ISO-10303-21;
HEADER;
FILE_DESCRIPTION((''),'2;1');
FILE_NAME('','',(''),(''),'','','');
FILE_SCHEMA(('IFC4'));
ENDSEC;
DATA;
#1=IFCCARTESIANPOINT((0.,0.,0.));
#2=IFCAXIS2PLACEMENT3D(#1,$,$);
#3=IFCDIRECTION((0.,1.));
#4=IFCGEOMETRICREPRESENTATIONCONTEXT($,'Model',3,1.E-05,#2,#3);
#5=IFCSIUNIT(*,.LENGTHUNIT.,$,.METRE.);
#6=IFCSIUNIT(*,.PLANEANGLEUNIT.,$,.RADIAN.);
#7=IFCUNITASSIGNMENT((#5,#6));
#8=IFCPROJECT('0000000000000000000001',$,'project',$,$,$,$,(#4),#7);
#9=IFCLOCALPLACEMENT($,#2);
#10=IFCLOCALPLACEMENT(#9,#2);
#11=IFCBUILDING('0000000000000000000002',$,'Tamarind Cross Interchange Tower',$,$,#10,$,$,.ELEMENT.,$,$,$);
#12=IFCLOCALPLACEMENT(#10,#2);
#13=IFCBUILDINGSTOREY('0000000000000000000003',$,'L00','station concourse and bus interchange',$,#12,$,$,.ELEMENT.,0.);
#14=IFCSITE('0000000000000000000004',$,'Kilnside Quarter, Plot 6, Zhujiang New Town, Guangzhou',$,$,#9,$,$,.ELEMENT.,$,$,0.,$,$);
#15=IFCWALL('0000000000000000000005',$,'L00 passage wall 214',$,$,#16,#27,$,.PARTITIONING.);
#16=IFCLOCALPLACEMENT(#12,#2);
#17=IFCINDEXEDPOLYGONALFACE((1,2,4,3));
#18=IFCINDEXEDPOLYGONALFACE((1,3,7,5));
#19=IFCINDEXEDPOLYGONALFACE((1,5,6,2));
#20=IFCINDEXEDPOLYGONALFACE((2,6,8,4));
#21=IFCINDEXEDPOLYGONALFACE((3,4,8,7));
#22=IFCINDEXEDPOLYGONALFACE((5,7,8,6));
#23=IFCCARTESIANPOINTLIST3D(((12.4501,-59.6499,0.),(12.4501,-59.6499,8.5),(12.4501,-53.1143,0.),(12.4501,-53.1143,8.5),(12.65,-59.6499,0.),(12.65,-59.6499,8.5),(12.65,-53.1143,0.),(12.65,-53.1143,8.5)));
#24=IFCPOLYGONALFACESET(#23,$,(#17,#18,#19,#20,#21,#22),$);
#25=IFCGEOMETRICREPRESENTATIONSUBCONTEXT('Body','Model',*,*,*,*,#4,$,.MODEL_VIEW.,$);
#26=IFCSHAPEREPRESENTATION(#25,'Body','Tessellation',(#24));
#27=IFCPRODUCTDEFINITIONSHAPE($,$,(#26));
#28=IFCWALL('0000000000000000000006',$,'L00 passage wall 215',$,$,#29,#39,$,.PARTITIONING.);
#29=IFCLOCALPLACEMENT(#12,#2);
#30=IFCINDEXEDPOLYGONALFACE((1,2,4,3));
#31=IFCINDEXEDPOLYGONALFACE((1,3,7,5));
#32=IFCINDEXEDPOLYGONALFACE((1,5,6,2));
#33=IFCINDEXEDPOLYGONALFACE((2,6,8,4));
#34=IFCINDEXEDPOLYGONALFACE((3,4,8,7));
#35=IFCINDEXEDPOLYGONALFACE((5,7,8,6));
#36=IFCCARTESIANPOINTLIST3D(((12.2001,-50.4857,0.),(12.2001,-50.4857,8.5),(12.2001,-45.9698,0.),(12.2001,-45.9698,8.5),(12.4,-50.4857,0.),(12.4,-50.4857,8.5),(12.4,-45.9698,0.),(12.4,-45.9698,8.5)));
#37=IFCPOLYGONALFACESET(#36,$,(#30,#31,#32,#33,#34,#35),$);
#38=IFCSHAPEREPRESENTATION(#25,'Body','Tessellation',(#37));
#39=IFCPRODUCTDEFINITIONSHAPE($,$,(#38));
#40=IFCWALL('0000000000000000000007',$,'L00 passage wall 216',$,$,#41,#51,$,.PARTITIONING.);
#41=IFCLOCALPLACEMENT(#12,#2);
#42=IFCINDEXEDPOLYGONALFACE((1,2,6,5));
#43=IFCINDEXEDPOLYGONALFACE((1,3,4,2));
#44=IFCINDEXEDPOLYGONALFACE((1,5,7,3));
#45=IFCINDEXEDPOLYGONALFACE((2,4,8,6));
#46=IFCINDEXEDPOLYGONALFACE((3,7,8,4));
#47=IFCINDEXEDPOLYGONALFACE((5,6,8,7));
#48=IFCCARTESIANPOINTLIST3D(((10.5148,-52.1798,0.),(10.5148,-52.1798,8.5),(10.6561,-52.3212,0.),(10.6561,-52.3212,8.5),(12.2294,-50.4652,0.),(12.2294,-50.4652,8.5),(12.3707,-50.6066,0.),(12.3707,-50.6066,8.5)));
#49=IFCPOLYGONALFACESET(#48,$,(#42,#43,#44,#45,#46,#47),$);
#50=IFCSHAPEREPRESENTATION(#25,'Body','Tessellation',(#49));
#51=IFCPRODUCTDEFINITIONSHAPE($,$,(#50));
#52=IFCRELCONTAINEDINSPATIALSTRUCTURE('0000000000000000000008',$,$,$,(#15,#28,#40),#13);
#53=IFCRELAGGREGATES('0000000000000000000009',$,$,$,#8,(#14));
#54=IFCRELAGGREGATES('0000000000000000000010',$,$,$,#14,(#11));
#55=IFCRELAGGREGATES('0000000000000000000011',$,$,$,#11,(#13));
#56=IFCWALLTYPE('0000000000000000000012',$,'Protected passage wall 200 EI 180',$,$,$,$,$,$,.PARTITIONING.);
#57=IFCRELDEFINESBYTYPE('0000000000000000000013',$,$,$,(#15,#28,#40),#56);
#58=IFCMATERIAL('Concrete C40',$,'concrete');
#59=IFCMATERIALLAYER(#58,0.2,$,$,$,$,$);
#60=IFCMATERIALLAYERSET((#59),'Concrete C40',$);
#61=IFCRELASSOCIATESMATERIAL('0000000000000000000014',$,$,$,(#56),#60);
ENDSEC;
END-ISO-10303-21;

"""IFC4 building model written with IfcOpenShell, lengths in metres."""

from ifc_helpers import new_model, si_unit, direction, frame, frame_2d, origin, place, context, subcontext, project, spatial, rectangle, extrude, material, layer, layer_set, type_object, element, save


model = new_model("IFC4")

# Units and contexts
model_context = context("Model", 3, precision=1e-05, world=origin(), true_north=direction((0.0, 1.0)))
body_context = subcontext(model_context, "Body", "Model", "MODEL_VIEW")
ifc_project = project(units=[si_unit("LENGTHUNIT", "METRE"), si_unit("PLANEANGLEUNIT", "RADIAN")], contexts=[model_context])

# Site, building, storey
site_placement = place(None, origin())
site = spatial("IfcSite", under=ifc_project, at=site_placement, Name="Kilnside Quarter, Plot 6, Zhujiang New Town, Guangzhou", CompositionType="ELEMENT", RefElevation=0.0)
building_placement = place(site_placement, origin())
building = spatial("IfcBuilding", under=site, at=building_placement, Name="Tamarind Cross Interchange Tower", CompositionType="ELEMENT")
storey_placement = place(building_placement, origin())
storey = spatial("IfcBuildingStorey", under=building, at=storey_placement, Name="L00", Description="station concourse and bus interchange", CompositionType="ELEMENT", Elevation=0.0)

# Walls
ifc_material_1 = material(Name="Concrete C40", Category="concrete")
ifc_layer_1 = layer(ifc_material_1, 0.2)
ifc_layer_set_1 = layer_set([ifc_layer_1], Name="Concrete C40")
wall_type_1 = type_object("IfcWallType", Name="Protected passage wall 200 EI 180", PredefinedType="PARTITIONING", material=ifc_layer_set_1)
wall_1_placement = place(storey_placement, frame((12.55, -53.1143, 0.0), z_axis=(0.0, 0.0, 1.0), x_axis=(0.0, -1.0, 0.0)))
element("IfcWall", 1, at=wall_1_placement, inside=storey, type_object=wall_type_1, Name="L00 passage wall 214", PredefinedType="PARTITIONING", context=body_context, shape_type="SweptSolid", body=[
    extrude(rectangle(XDim=6.5356, YDim=0.2, at=frame_2d((3.2678, 0.0))), origin(), (0.0, 0.0, 1.0), 8.5),
])
wall_2_placement = place(storey_placement, frame((12.3, -45.97, 0.0), z_axis=(0.0, 0.0, 1.0), x_axis=(0.0, -1.0, 0.0)))
element("IfcWall", 2, at=wall_2_placement, inside=storey, type_object=wall_type_1, Name="L00 passage wall 215", PredefinedType="PARTITIONING", context=body_context, shape_type="SweptSolid", body=[
    extrude(rectangle(XDim=4.5159, YDim=0.2, at=frame_2d((2.2578, 0.0))), origin(), (0.0, 0.0, 1.0), 8.5),
])
wall_3_placement = place(storey_placement, frame((12.3, -50.5359, 0.0), z_axis=(0.0, 0.0, 1.0), x_axis=(-0.707107, -0.707107, 0.0)))
element("IfcWall", 3, at=wall_3_placement, inside=storey, type_object=wall_type_1, Name="L00 passage wall 216", PredefinedType="PARTITIONING", context=body_context, shape_type="SweptSolid", body=[
    extrude(rectangle(XDim=2.4248, YDim=0.2, at=frame_2d((1.2124, 0.0))), origin(), (0.0, 0.0, 1.0), 8.5),
])

save(model, "model.ifc")
